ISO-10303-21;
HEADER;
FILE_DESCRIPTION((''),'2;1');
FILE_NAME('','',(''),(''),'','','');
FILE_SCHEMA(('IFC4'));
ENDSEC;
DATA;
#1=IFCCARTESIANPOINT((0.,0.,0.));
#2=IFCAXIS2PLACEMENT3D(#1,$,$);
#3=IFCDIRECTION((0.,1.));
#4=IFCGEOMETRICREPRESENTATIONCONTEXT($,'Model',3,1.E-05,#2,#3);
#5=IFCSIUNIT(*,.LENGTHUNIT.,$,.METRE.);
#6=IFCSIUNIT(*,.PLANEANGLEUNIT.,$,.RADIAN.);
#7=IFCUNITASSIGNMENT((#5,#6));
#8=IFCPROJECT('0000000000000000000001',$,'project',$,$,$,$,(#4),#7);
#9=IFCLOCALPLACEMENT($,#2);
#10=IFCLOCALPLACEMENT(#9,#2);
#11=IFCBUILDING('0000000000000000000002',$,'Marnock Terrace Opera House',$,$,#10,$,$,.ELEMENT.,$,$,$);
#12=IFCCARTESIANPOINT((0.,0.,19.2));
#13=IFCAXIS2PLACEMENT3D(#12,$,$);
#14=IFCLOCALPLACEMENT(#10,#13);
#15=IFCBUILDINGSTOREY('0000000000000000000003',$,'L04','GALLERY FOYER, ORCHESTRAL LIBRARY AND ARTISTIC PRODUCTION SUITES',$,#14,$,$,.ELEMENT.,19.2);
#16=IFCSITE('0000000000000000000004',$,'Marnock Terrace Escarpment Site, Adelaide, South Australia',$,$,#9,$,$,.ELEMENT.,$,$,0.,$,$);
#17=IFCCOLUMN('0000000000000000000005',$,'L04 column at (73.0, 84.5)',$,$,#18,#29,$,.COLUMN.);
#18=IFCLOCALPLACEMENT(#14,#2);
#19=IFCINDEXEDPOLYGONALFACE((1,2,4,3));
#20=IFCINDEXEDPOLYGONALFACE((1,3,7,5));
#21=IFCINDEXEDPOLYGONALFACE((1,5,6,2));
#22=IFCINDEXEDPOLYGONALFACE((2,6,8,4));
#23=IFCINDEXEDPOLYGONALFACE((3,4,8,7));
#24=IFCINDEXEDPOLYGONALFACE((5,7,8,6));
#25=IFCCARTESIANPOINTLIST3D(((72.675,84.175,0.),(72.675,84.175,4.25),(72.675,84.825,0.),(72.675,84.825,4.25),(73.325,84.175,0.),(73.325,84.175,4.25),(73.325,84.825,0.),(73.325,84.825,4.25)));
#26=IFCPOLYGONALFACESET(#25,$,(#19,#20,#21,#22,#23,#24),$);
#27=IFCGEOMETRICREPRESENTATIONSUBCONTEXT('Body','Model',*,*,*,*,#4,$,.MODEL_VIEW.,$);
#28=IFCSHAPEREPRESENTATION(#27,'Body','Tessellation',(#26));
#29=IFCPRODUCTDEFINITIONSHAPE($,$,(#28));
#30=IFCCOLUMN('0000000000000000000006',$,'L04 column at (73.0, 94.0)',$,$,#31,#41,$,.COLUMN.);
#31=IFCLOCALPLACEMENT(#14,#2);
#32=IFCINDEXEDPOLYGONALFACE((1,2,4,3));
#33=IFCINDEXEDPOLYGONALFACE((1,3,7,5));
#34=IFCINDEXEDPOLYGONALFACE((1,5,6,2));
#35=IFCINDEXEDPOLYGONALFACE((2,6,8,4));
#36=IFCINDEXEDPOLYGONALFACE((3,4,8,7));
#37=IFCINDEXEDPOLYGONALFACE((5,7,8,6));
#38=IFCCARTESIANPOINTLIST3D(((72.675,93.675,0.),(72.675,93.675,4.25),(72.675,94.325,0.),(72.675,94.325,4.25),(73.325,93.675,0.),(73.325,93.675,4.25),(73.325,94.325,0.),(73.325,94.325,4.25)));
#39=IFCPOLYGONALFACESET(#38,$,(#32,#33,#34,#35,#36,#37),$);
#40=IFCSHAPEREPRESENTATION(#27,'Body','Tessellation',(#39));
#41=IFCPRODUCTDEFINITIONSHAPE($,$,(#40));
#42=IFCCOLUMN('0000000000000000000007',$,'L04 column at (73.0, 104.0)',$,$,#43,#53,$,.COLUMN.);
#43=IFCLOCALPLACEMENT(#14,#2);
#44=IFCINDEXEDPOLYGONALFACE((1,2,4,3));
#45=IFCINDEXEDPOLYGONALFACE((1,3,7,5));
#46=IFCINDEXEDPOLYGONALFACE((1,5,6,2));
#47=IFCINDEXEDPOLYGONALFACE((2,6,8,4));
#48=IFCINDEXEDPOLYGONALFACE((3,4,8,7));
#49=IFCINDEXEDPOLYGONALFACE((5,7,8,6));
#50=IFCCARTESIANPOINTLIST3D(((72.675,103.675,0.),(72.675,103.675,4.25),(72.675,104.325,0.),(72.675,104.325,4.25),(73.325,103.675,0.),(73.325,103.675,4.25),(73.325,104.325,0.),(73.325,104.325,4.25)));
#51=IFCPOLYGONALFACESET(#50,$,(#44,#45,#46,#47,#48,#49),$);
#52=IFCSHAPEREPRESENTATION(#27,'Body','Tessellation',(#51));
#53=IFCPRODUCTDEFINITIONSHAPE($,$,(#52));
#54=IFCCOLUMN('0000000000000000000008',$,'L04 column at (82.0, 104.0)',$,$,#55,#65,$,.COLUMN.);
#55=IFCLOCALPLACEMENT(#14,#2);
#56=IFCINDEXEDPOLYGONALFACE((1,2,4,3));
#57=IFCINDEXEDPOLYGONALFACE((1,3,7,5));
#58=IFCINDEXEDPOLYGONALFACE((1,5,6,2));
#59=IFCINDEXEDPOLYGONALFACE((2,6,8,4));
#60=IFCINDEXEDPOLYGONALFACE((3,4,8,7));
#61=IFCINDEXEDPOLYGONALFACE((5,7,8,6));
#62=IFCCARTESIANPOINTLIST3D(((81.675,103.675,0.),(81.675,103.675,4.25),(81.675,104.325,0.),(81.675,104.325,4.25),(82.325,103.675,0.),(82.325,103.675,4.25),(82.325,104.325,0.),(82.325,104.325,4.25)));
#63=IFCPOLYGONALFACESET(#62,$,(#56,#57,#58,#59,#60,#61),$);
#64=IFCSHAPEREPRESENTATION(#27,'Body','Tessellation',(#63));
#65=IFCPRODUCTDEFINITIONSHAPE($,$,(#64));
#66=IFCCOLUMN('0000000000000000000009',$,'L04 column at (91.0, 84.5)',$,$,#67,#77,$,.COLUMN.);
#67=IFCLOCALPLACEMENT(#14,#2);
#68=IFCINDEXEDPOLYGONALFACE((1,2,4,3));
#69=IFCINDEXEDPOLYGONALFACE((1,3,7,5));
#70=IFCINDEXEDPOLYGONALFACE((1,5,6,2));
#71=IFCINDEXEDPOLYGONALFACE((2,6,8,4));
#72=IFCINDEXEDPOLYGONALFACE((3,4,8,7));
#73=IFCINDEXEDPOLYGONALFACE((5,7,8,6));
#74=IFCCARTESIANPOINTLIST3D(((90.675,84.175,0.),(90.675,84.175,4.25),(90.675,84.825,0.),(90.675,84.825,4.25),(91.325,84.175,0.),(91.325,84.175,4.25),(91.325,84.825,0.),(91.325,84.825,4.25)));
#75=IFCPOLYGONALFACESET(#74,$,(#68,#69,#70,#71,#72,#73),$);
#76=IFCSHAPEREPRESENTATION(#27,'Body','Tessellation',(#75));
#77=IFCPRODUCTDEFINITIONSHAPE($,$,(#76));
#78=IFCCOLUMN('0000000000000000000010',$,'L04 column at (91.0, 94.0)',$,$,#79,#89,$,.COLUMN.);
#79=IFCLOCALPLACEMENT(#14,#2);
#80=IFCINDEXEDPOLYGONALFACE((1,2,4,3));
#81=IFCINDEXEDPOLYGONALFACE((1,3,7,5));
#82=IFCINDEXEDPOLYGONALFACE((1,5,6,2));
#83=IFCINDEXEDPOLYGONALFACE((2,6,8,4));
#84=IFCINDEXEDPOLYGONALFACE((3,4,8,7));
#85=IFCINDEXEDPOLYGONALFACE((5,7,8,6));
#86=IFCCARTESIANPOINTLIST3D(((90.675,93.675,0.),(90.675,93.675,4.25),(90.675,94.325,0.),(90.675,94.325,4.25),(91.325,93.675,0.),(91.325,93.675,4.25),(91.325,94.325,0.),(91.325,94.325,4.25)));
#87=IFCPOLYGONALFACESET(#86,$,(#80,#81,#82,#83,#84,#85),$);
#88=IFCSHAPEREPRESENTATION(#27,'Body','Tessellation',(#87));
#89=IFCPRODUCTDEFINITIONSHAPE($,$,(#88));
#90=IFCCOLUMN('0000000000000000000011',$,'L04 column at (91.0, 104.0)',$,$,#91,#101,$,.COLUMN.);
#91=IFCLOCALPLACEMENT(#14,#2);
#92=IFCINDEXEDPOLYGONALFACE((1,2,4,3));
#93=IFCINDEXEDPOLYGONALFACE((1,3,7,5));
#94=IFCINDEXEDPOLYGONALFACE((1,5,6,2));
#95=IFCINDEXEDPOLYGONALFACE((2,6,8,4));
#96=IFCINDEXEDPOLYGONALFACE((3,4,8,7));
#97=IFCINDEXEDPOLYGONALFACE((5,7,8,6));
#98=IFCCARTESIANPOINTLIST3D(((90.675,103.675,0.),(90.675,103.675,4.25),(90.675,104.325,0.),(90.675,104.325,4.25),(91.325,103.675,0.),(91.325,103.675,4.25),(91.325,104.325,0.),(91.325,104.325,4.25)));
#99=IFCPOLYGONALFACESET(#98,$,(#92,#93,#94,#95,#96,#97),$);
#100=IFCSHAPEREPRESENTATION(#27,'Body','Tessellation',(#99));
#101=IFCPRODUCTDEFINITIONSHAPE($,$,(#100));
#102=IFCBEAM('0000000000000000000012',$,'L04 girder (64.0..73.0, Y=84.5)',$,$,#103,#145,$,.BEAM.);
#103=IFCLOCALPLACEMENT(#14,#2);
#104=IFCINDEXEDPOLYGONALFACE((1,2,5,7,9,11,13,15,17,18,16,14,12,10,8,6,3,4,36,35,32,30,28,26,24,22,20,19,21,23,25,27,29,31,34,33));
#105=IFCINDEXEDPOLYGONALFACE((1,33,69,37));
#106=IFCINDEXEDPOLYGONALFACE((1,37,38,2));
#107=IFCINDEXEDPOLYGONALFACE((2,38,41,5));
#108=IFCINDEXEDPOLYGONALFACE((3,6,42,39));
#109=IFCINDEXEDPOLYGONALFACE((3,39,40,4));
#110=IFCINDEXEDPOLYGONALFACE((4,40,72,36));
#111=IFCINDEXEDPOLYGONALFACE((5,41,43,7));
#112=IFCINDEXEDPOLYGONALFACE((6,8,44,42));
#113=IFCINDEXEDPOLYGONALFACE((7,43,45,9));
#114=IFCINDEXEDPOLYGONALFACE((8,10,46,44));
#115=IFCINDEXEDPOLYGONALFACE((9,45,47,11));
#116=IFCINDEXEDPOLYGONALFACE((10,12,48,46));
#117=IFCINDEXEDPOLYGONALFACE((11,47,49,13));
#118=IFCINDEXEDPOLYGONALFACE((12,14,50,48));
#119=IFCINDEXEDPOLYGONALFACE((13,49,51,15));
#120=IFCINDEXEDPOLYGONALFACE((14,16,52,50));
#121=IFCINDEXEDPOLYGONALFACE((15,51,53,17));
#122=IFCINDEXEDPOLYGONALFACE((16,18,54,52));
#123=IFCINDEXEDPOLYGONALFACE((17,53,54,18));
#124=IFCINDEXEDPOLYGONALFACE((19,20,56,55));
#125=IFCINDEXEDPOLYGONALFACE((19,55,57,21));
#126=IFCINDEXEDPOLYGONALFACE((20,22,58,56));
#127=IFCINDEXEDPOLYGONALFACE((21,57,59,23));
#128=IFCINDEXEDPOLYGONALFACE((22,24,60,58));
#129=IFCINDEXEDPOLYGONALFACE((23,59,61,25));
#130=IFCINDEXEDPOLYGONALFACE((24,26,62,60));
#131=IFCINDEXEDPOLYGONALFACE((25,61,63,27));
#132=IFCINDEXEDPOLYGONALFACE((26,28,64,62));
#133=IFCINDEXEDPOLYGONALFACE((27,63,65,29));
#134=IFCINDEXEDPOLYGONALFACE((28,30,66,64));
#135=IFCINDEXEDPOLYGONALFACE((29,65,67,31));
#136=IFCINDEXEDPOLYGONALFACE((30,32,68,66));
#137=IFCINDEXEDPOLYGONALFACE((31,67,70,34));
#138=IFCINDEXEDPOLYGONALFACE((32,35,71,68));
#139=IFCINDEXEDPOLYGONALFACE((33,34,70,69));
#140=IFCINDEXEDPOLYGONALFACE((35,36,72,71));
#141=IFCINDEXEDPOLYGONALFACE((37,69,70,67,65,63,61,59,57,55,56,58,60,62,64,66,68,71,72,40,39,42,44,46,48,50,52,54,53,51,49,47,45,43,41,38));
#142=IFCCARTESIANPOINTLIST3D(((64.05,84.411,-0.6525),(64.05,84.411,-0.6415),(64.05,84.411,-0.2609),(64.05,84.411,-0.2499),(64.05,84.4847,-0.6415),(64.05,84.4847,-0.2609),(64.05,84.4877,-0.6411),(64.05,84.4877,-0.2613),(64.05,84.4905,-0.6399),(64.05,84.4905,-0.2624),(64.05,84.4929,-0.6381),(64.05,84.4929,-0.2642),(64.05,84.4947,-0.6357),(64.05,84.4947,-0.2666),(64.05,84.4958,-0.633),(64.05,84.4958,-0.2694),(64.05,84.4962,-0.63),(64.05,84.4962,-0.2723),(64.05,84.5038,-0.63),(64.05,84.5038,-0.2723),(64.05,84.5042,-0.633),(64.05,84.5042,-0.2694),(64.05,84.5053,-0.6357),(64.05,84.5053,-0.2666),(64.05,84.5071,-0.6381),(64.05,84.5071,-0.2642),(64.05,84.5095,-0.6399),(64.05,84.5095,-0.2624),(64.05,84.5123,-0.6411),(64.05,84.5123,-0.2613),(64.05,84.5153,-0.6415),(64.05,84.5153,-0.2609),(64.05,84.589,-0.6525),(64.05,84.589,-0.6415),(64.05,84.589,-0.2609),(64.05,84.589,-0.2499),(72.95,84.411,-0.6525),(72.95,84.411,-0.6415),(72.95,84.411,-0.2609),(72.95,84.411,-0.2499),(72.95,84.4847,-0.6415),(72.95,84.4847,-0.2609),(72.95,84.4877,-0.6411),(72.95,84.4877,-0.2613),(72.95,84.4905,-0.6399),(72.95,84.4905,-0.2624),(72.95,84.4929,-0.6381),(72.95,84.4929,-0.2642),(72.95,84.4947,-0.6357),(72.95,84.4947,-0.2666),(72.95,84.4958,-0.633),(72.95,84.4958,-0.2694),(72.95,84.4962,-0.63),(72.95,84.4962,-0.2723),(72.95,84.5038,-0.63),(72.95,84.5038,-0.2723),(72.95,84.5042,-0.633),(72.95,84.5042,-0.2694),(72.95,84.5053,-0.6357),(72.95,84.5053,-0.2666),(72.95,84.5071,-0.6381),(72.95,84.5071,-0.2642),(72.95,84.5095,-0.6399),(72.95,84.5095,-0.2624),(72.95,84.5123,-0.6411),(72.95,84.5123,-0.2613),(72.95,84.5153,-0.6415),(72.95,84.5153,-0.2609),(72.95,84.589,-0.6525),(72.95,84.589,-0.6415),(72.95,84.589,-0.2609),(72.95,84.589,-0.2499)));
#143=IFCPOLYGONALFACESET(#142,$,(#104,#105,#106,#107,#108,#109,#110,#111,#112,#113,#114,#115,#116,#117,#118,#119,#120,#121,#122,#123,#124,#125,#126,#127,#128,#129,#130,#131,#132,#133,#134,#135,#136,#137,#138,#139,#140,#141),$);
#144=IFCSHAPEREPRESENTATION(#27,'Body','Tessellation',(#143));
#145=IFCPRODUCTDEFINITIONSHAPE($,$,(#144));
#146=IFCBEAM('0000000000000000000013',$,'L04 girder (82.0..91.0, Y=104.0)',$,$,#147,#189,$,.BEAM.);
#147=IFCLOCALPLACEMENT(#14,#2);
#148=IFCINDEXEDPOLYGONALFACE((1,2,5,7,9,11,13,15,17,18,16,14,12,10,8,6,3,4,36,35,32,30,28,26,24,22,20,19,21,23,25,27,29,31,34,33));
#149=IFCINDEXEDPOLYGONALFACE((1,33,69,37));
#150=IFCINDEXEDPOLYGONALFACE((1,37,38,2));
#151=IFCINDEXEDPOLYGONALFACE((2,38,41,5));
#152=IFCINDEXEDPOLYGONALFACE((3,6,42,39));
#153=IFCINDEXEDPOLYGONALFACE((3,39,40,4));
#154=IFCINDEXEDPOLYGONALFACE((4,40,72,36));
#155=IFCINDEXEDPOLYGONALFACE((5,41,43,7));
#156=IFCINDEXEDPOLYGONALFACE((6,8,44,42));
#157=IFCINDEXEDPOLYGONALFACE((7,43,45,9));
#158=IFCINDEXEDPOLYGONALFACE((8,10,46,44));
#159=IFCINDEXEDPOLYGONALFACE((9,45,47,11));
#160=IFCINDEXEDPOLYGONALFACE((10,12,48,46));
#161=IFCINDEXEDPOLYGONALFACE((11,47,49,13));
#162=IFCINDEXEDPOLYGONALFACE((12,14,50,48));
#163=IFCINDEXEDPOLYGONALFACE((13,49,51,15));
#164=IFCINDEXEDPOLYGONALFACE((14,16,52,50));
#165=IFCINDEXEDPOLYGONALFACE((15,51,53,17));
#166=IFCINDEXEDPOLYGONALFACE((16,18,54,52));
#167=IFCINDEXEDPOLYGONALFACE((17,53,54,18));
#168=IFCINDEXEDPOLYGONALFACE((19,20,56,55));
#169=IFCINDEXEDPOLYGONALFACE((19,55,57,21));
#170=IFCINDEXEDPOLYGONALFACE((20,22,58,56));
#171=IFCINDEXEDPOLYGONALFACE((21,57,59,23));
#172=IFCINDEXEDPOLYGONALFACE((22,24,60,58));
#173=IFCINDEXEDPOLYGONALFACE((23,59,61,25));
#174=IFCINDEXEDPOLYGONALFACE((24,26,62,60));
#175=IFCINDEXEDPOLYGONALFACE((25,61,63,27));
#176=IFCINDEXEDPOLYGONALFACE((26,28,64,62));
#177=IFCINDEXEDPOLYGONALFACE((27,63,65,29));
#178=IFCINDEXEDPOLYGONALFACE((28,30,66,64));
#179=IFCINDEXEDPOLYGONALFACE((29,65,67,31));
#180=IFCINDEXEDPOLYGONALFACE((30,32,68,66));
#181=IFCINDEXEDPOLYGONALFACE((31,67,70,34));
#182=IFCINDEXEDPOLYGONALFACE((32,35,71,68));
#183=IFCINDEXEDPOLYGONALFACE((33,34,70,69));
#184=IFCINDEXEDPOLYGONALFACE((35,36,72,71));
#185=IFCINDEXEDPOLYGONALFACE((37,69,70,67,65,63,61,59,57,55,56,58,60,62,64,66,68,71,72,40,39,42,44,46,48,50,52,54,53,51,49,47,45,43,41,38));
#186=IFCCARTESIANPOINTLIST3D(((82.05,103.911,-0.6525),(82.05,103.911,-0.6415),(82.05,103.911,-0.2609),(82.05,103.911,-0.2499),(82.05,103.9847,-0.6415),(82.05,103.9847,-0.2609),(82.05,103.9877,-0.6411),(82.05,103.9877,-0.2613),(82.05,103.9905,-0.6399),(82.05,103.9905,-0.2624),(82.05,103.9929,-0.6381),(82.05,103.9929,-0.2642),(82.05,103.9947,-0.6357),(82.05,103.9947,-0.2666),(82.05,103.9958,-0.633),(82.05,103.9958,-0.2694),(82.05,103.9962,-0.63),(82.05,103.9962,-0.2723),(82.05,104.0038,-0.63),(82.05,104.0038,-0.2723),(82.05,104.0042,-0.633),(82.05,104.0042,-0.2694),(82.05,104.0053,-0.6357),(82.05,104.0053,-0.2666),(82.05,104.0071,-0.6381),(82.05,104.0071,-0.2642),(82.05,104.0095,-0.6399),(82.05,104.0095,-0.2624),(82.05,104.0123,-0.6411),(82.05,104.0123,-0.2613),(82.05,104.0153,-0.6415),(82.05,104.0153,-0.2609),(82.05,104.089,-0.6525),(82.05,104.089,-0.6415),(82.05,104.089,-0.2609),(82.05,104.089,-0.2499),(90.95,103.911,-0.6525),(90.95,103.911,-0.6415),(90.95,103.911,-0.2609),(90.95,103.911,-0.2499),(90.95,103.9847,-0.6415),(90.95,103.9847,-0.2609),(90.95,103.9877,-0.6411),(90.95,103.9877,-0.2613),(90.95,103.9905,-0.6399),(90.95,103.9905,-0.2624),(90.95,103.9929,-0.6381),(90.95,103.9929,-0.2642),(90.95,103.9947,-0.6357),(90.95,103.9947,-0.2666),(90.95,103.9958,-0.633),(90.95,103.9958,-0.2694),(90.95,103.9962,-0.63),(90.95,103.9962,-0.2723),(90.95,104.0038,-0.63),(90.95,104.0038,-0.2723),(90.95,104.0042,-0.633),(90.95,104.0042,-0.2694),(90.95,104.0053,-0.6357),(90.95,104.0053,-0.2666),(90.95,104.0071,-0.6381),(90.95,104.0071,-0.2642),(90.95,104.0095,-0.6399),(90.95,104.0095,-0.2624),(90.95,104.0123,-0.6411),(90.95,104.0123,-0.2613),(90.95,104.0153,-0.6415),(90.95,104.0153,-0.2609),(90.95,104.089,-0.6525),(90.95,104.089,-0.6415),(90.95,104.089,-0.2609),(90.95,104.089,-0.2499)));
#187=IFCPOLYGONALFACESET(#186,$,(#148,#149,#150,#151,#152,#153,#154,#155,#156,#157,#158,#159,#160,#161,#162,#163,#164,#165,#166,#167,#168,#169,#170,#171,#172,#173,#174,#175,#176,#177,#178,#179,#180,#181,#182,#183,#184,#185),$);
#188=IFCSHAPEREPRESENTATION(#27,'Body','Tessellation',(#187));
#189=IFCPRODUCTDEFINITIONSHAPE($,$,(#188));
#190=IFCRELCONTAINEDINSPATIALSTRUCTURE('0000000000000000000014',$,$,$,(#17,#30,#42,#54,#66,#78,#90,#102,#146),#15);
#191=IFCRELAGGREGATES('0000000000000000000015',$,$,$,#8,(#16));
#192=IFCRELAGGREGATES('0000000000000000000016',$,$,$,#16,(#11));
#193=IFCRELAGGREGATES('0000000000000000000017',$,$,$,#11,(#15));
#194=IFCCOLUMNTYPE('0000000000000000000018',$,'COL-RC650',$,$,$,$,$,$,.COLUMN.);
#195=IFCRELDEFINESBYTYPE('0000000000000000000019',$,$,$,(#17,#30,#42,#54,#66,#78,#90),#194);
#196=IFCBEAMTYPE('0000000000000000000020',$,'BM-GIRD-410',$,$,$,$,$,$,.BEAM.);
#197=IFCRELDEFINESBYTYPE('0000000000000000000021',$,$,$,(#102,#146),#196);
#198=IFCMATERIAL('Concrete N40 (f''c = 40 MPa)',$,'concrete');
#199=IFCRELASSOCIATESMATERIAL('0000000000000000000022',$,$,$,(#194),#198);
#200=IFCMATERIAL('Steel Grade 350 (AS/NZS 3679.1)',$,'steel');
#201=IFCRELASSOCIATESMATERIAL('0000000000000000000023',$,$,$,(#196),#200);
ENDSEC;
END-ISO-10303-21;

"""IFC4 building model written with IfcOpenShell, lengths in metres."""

from ifc_helpers import new_model, si_unit, direction, frame, origin, origin_2d, place, context, subcontext, project, spatial, rectangle, i_section, extrude, material, material_profile, profile_set, type_object, element, save


model = new_model("IFC4")

# Units and contexts
model_context = context("Model", 3, precision=1e-05, world=origin(), true_north=direction((0.0, 1.0)))
body_context = subcontext(model_context, "Body", "Model", "MODEL_VIEW")
ifc_project = project(units=[si_unit("LENGTHUNIT", "METRE"), si_unit("PLANEANGLEUNIT", "RADIAN")], contexts=[model_context])

# Site, building, storey
site_placement = place(None, origin())
site = spatial("IfcSite", under=ifc_project, at=site_placement, Name="Marnock Terrace Escarpment Site, Adelaide, South Australia", CompositionType="ELEMENT", RefElevation=0.0)
building_placement = place(site_placement, origin())
building = spatial("IfcBuilding", under=site, at=building_placement, Name="Marnock Terrace Opera House", CompositionType="ELEMENT")
storey_placement = place(building_placement, frame((0.0, 0.0, 19.2)))
storey = spatial("IfcBuildingStorey", under=building, at=storey_placement, Name="L04", Description="GALLERY FOYER, ORCHESTRAL LIBRARY AND ARTISTIC PRODUCTION SUITES", CompositionType="ELEMENT", Elevation=19.2)

# Columns
ifc_material_1 = material(Name="Concrete N40 (f'c = 40 MPa)", Category="concrete")
ifc_material_profile_1 = material_profile(ifc_material_1, rectangle(XDim=0.6499, YDim=0.6499, at=origin_2d()))
ifc_profile_set_1 = profile_set([ifc_material_profile_1], Name="Concrete N40 (f'c = 40 MPa)")
column_type = type_object("IfcColumnType", Name="COL-RC650", PredefinedType="COLUMN", material=ifc_profile_set_1)
for number, where, z_axis, x_axis, name in (
    (1, (73.0, 84.5, 0.0), (0.0, 0.0, 1.0), (1.0, 0.0, 0.0), "L04 column at (73.0, 84.5)"),
    (2, (73.0, 94.0, 0.0), (0.0, 0.0, 1.0), (1.0, 0.0, 0.0), "L04 column at (73.0, 94.0)"),
    (3, (73.0, 104.0, 0.0), (0.0, 0.0, 1.0), (1.0, 0.0, 0.0), "L04 column at (73.0, 104.0)"),
    (4, (82.0, 104.0, 0.0), (0.0, 0.0, 1.0), (1.0, 0.0, 0.0), "L04 column at (82.0, 104.0)"),
    (5, (91.0, 84.5, 0.0), (0.0, 0.0, 1.0), (1.0, 0.0, 0.0), "L04 column at (91.0, 84.5)"),
    (6, (91.0, 94.0, 0.0), (0.0, 0.0, 1.0), (1.0, 0.0, 0.0), "L04 column at (91.0, 94.0)"),
    (7, (91.0, 104.0, 0.0), (0.0, 0.0, 1.0), (1.0, 0.0, 0.0), "L04 column at (91.0, 104.0)"),
):
    element("IfcColumn", number, at=place(storey_placement, frame(where, z_axis=z_axis, x_axis=x_axis)), inside=storey, type_object=column_type, Name=name, PredefinedType="COLUMN", context=body_context, shape_type="SweptSolid", body=[
        extrude(rectangle(XDim=0.6499, YDim=0.6499, at=origin_2d()), origin(), (0.0, 0.0, 1.0), 4.25),
    ])

# Beams
ifc_material_2 = material(Name="Steel Grade 350 (AS/NZS 3679.1)", Category="steel")
ifc_material_profile_2 = material_profile(ifc_material_2, i_section(OverallWidth=0.178, OverallDepth=0.4026, WebThickness=0.0076, FlangeThickness=0.011, FilletRadius=0.0115, at=origin_2d()))
ifc_profile_set_2 = profile_set([ifc_material_profile_2], Name="Steel Grade 350 (AS/NZS 3679.1)")
beam_type_1 = type_object("IfcBeamType", Name="BM-GIRD-410", PredefinedType="BEAM", material=ifc_profile_set_2)
for number, where, z_axis, x_axis, name in (
    (8, (64.05, 84.5, -0.4512), (1.0, 0.0, 0.0), (0.0, 1.0, 0.0), "L04 girder (64.0..73.0, Y=84.5)"),
    (9, (82.05, 104.0, -0.4512), (1.0, 0.0, 0.0), (0.0, 1.0, 0.0), "L04 girder (82.0..91.0, Y=104.0)"),
):
    element("IfcBeam", number, at=place(storey_placement, frame(where, z_axis=z_axis, x_axis=x_axis)), inside=storey, type_object=beam_type_1, Name=name, PredefinedType="BEAM", context=body_context, shape_type="SweptSolid", body=[
        extrude(i_section(OverallWidth=0.178, OverallDepth=0.4026, WebThickness=0.0076, FlangeThickness=0.011, FilletRadius=0.0115, at=origin_2d()), origin(), (0.0, 0.0, 1.0), 8.8999),
    ])

save(model, "model.ifc")
